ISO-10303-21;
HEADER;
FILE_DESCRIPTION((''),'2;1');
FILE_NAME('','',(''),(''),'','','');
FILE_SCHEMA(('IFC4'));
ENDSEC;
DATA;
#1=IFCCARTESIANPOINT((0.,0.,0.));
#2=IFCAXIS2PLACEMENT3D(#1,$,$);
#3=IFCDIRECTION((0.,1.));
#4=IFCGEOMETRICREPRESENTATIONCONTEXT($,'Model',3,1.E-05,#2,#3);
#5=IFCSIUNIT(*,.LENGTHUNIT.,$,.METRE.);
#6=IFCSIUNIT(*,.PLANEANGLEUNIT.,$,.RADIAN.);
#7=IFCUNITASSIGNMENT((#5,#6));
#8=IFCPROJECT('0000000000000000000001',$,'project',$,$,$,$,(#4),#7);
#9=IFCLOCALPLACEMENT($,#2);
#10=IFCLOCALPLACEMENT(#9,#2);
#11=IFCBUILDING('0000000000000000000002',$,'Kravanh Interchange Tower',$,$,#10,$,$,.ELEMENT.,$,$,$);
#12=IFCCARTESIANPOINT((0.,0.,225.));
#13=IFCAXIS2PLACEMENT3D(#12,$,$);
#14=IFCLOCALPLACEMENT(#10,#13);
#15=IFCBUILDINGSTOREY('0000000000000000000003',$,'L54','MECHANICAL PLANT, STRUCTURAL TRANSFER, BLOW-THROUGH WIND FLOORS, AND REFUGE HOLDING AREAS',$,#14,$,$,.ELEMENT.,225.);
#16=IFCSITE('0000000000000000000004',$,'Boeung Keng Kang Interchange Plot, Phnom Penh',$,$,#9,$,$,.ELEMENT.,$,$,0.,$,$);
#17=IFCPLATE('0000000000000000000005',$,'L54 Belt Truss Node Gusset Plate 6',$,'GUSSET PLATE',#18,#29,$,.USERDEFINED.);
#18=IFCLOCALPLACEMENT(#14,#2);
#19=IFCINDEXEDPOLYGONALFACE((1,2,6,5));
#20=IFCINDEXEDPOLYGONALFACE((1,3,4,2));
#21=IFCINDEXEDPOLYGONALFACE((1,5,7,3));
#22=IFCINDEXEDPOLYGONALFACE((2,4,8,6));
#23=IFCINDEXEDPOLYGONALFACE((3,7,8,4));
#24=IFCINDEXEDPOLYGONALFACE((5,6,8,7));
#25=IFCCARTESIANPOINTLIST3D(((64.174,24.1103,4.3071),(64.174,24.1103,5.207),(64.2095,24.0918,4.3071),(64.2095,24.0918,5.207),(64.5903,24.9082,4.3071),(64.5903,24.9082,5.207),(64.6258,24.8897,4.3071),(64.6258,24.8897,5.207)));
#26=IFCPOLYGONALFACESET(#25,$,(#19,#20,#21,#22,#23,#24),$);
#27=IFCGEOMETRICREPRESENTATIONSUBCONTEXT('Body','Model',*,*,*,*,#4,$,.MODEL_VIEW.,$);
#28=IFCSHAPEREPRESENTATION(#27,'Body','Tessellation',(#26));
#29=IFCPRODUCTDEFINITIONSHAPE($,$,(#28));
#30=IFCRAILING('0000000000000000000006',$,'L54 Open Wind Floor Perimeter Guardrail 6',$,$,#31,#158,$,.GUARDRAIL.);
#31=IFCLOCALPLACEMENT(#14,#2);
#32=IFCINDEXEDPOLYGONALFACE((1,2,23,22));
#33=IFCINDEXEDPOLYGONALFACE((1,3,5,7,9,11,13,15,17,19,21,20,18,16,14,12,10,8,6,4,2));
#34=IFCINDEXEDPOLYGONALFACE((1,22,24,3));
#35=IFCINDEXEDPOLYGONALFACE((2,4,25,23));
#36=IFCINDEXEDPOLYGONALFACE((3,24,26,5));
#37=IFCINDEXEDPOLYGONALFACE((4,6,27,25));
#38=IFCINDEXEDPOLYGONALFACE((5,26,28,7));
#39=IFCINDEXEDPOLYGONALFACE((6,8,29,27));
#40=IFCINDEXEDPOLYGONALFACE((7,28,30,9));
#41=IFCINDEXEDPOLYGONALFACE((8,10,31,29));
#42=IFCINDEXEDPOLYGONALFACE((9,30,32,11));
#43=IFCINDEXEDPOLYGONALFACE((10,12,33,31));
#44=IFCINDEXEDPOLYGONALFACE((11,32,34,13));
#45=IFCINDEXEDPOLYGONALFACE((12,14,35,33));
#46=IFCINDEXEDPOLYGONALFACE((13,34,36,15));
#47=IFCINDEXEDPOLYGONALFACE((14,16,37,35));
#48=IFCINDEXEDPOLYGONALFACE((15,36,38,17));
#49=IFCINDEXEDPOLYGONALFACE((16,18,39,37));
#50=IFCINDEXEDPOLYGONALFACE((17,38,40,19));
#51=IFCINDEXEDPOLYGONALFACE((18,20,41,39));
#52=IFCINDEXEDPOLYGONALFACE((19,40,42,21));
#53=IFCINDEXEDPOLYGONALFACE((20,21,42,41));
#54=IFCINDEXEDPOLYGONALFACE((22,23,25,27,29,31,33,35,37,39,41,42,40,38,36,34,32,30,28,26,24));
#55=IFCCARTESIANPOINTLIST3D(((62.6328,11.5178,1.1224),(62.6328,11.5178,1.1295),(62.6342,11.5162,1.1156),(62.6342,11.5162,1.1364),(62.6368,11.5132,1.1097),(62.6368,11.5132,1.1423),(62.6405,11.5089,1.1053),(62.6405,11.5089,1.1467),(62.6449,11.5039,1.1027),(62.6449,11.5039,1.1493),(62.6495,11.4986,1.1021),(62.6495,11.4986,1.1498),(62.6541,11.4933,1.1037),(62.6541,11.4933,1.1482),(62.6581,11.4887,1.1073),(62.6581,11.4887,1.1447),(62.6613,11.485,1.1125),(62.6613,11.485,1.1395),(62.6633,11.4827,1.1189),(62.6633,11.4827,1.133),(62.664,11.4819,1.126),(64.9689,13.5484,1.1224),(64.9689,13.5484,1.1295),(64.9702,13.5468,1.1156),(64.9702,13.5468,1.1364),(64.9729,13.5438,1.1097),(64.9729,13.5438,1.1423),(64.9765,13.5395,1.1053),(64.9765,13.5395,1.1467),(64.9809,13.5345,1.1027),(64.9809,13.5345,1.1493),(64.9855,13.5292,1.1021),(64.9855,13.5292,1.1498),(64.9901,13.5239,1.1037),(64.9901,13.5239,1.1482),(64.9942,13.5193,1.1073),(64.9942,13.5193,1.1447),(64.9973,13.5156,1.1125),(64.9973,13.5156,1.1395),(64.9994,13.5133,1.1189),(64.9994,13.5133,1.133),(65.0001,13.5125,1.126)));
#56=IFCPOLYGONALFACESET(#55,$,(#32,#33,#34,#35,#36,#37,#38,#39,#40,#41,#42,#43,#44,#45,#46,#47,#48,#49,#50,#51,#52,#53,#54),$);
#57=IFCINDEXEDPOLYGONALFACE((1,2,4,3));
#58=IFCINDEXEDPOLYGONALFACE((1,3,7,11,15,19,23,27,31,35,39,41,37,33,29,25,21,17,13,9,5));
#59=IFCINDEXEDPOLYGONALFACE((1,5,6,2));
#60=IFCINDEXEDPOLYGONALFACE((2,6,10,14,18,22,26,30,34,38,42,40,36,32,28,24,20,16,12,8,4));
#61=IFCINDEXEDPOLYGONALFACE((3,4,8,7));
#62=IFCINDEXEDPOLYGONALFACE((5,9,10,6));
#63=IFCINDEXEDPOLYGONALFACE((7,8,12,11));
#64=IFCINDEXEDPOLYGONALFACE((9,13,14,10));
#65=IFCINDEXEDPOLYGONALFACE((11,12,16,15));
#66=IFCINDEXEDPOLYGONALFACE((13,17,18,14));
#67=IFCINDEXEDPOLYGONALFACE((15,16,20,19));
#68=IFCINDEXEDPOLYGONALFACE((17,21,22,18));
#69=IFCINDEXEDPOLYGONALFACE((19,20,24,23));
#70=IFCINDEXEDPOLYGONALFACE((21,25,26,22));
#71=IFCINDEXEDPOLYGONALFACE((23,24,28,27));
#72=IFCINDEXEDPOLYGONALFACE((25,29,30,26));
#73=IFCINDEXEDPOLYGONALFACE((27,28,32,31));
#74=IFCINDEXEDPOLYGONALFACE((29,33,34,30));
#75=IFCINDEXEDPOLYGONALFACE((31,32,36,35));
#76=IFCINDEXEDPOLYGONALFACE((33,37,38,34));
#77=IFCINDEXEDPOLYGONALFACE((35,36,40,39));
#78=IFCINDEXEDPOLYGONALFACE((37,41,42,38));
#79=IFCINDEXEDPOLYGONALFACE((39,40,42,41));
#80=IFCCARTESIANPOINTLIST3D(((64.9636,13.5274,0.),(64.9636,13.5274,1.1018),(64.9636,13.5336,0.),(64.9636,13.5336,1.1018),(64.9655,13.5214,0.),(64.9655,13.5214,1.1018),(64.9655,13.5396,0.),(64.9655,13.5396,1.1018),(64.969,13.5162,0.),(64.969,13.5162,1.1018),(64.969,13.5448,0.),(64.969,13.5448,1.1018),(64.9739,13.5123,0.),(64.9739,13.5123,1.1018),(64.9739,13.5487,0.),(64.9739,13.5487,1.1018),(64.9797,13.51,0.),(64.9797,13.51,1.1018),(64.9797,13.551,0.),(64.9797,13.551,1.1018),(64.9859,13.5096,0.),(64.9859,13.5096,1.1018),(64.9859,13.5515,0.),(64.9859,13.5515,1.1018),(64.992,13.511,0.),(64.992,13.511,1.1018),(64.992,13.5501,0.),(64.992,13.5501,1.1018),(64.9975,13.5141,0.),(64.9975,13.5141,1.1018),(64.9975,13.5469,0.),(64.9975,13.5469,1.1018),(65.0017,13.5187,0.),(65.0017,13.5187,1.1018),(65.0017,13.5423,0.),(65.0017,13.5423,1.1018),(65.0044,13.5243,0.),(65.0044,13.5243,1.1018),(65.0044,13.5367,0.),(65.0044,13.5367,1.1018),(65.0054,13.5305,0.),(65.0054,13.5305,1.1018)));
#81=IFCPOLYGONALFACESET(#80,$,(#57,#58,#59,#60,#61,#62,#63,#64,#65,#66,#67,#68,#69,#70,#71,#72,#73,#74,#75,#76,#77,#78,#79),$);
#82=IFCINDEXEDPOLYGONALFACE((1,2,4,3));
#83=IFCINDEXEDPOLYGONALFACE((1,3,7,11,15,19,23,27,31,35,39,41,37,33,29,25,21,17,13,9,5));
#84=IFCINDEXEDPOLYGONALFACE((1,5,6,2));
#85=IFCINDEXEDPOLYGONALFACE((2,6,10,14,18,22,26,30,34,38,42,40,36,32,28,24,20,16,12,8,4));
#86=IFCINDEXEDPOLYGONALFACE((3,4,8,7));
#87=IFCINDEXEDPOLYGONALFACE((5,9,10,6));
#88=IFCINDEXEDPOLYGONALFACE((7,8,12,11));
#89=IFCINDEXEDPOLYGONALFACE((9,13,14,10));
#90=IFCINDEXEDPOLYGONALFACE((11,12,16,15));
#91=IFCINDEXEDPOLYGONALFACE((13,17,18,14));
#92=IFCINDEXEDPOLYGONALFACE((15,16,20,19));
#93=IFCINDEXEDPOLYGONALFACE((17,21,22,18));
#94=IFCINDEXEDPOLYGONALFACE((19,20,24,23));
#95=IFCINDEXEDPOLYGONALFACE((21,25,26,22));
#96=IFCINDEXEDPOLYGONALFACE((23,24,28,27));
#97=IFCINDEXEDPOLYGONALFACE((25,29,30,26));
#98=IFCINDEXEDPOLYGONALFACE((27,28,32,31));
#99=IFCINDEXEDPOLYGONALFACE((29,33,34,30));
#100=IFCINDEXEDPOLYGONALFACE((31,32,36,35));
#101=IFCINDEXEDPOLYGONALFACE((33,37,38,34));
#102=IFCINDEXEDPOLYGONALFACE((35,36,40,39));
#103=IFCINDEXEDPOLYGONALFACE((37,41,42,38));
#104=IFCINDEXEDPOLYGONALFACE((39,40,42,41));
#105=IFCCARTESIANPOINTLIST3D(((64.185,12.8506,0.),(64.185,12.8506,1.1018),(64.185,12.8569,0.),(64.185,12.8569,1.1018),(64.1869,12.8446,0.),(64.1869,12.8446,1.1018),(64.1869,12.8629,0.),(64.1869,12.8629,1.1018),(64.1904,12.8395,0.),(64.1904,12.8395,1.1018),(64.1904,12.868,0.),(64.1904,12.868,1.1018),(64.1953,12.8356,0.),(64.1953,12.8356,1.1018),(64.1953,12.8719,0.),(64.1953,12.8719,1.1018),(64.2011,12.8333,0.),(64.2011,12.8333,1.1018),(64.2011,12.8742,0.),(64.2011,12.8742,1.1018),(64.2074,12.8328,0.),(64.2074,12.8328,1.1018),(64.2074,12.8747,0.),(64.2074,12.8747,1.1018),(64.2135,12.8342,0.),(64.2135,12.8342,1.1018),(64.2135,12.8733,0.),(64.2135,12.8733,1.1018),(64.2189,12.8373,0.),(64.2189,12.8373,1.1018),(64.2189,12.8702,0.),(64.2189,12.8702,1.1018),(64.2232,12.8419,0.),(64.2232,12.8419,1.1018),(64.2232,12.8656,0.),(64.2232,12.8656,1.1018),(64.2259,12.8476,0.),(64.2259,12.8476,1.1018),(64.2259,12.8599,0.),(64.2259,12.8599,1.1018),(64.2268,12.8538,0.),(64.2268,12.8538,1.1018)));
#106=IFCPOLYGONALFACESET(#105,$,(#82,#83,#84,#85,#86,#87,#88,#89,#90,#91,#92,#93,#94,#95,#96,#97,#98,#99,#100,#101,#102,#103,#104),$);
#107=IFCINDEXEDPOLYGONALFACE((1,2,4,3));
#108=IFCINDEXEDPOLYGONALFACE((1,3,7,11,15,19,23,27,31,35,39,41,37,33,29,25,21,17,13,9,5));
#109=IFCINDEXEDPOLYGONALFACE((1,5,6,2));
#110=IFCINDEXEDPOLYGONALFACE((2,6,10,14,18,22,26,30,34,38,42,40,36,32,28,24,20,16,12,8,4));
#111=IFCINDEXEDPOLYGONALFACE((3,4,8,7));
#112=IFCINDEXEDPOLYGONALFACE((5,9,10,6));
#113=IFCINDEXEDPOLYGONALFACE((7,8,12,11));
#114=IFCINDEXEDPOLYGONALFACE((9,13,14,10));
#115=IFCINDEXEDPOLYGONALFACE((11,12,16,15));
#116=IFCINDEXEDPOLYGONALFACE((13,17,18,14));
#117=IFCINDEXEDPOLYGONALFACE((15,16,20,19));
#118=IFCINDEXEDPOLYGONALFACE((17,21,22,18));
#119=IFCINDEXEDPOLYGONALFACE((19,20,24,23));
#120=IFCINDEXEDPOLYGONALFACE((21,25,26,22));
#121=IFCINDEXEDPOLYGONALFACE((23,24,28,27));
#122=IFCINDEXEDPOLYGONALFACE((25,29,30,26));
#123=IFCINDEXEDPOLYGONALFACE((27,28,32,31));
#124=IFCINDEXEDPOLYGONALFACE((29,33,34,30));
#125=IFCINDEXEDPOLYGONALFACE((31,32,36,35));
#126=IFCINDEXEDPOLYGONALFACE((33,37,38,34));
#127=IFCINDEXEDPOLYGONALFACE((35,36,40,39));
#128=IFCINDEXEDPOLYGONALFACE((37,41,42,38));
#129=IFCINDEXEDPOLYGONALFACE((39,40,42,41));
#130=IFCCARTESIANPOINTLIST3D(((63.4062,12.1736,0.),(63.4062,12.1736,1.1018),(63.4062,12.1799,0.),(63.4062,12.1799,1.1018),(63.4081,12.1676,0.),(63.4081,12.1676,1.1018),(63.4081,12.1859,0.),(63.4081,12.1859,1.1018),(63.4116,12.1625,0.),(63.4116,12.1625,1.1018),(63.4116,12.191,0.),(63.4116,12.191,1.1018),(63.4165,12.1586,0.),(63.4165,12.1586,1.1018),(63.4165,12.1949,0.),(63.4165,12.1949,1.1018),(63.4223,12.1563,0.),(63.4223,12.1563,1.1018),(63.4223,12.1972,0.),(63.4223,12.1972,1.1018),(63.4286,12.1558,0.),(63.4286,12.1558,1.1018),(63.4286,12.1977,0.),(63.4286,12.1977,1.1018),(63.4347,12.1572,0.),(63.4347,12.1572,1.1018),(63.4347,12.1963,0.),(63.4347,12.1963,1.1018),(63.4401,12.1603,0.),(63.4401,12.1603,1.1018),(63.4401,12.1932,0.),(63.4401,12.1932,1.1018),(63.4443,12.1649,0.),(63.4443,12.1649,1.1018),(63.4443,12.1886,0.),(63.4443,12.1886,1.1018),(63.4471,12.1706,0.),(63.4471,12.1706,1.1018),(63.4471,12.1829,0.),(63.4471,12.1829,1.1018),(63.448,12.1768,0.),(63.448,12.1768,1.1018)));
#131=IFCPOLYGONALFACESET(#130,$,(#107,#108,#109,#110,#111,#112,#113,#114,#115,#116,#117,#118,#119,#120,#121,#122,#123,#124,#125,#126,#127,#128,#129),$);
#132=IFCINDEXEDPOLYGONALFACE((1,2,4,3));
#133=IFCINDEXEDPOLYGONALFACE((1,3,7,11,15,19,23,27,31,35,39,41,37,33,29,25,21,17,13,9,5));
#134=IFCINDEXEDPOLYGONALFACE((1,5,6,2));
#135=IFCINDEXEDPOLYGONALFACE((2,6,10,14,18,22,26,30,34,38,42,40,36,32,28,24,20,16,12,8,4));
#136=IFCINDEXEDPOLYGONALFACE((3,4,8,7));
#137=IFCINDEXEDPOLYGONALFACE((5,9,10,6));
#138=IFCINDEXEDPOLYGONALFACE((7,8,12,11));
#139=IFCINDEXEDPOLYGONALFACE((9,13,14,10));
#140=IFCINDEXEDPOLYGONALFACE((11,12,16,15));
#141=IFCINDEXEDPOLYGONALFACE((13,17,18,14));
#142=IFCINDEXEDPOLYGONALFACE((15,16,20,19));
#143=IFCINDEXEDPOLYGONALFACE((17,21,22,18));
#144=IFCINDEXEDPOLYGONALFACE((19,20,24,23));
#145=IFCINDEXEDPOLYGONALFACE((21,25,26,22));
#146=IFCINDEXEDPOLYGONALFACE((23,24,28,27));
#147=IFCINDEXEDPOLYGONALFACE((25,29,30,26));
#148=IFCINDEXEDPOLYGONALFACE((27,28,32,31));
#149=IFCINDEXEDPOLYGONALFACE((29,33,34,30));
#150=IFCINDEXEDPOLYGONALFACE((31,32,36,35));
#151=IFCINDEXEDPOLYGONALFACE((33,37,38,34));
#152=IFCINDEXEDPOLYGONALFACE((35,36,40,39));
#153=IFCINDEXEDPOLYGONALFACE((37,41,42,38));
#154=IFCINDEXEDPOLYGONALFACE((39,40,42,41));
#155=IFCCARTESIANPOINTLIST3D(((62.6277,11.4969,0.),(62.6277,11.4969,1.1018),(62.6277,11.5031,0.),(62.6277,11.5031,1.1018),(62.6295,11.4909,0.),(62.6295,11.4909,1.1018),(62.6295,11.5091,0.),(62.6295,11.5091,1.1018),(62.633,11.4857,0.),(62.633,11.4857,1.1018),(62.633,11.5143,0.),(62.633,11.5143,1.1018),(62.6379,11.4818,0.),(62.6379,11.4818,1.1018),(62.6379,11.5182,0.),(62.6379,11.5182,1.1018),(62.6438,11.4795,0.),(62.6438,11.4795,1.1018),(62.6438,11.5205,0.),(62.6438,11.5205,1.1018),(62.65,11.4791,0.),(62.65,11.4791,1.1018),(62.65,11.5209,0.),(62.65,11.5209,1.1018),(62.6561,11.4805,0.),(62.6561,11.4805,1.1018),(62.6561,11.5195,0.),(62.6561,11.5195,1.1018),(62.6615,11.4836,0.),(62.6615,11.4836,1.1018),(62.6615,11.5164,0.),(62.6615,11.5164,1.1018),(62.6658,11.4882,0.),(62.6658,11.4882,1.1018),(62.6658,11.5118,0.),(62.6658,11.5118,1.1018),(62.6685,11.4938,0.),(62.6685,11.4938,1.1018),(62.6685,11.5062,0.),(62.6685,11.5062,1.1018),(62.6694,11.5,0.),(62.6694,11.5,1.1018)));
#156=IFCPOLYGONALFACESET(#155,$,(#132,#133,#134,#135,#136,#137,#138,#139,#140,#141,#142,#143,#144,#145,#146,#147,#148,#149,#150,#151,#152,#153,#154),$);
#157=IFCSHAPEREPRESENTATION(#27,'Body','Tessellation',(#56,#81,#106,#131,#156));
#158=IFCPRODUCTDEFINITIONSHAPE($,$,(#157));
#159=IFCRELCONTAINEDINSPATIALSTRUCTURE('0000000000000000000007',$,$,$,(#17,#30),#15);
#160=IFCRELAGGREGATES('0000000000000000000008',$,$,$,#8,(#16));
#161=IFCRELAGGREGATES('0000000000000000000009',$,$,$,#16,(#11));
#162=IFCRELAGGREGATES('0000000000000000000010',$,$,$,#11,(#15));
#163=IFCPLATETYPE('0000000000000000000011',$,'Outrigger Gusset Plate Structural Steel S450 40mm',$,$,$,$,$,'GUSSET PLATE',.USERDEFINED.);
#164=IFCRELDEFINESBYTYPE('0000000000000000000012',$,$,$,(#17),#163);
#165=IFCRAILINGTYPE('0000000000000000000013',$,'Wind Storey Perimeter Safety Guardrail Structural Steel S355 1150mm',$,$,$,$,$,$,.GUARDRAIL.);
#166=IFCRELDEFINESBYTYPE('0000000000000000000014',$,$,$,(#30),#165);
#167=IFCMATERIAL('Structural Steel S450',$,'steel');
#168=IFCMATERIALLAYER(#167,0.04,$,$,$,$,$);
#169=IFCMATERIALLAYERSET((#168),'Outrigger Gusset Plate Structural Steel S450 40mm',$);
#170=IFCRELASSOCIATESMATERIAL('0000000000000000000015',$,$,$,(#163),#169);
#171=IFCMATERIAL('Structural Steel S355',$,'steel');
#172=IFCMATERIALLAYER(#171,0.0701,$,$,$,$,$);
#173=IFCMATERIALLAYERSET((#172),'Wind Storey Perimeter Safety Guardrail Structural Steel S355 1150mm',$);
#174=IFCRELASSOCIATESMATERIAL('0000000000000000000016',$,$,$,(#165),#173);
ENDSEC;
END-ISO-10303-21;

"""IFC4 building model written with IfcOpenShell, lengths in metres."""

from ifc_helpers import new_model, si_unit, direction, frame, origin, origin_2d, place, context, subcontext, project, spatial, rectangle, circle, extrude, material, layer, layer_set, type_object, element, save


model = new_model("IFC4")

# Units and contexts
model_context = context("Model", 3, precision=1e-05, world=origin(), true_north=direction((0.0, 1.0)))
body_context = subcontext(model_context, "Body", "Model", "MODEL_VIEW")
ifc_project = project(units=[si_unit("LENGTHUNIT", "METRE"), si_unit("PLANEANGLEUNIT", "RADIAN")], contexts=[model_context])

# Site, building, storey
site_placement = place(None, origin())
site = spatial("IfcSite", under=ifc_project, at=site_placement, Name="Boeung Keng Kang Interchange Plot, Phnom Penh", CompositionType="ELEMENT", RefElevation=0.0)
building_placement = place(site_placement, origin())
building = spatial("IfcBuilding", under=site, at=building_placement, Name="Kravanh Interchange Tower", CompositionType="ELEMENT")
storey_placement = place(building_placement, frame((0.0, 0.0, 225.0)))
storey = spatial("IfcBuildingStorey", under=building, at=storey_placement, Name="L54", Description="MECHANICAL PLANT, STRUCTURAL TRANSFER, BLOW-THROUGH WIND FLOORS, AND REFUGE HOLDING AREAS", CompositionType="ELEMENT", Elevation=225.0)

# Plate
ifc_material_1 = material(Name="Structural Steel S450", Category="steel")
ifc_layer_1 = layer(ifc_material_1, 0.04)
ifc_layer_set_1 = layer_set([ifc_layer_1], Name="Outrigger Gusset Plate Structural Steel S450 40mm")
plate_type_1 = type_object("IfcPlateType", Name="Outrigger Gusset Plate Structural Steel S450 40mm", ElementType="GUSSET PLATE", PredefinedType="USERDEFINED", material=ifc_layer_set_1)
for number, where, z_axis, x_axis, name in (
    (1, (64.3999, 24.5, 4.3071), (0.0, 0.0, 1.0), (0.462523, 0.886608, 0.0), "L54 Belt Truss Node Gusset Plate 6"),
):
    element("IfcPlate", number, at=place(storey_placement, frame(where, z_axis=z_axis, x_axis=x_axis)), inside=storey, type_object=plate_type_1, Name=name, ObjectType="GUSSET PLATE", PredefinedType="USERDEFINED", context=body_context, shape_type="SweptSolid", body=[
        extrude(rectangle(XDim=0.8999, YDim=0.04, at=origin_2d()), origin(), (0.0, 0.0, 1.0), 0.8999),
    ])

# Railing
ifc_material_2 = material(Name="Structural Steel S355", Category="steel")
ifc_layer_2 = layer(ifc_material_2, 0.0701)
ifc_layer_set_2 = layer_set([ifc_layer_2], Name="Wind Storey Perimeter Safety Guardrail Structural Steel S355 1150mm")
railing_type = type_object("IfcRailingType", Name="Wind Storey Perimeter Safety Guardrail Structural Steel S355 1150mm", PredefinedType="GUARDRAIL", material=ifc_layer_set_2)
railing_1_placement = place(storey_placement, frame((64.9844, 13.5305, 0.0)))
element("IfcRailing", 2, at=railing_1_placement, inside=storey, type_object=railing_type, Name="L54 Open Wind Floor Perimeter Guardrail 6", PredefinedType="GUARDRAIL", context=body_context, shape_type="SweptSolid", body=[
    extrude(circle(Radius=0.0239, at=origin_2d()), frame((0.0, 0.0, 1.126), z_axis=(-0.754723, -0.656044, 0.0), x_axis=(0.656044, -0.754723, 0.0)), (0.0, 0.0, 1.0), 3.0952),
    extrude(circle(Radius=0.021, at=origin_2d()), origin(), (0.0, 0.0, 1.0), 1.1018),
    extrude(circle(Radius=0.021, at=origin_2d()), frame((-0.7786, -0.6768, 0.0)), (0.0, 0.0, 1.0), 1.1018),
    extrude(circle(Radius=0.021, at=origin_2d()), frame((-1.5574, -1.3538, 0.0)), (0.0, 0.0, 1.0), 1.1018),
    extrude(circle(Radius=0.021, at=origin_2d()), frame((-2.3359, -2.0305, 0.0)), (0.0, 0.0, 1.0), 1.1018),
])

save(model, "model.ifc")
